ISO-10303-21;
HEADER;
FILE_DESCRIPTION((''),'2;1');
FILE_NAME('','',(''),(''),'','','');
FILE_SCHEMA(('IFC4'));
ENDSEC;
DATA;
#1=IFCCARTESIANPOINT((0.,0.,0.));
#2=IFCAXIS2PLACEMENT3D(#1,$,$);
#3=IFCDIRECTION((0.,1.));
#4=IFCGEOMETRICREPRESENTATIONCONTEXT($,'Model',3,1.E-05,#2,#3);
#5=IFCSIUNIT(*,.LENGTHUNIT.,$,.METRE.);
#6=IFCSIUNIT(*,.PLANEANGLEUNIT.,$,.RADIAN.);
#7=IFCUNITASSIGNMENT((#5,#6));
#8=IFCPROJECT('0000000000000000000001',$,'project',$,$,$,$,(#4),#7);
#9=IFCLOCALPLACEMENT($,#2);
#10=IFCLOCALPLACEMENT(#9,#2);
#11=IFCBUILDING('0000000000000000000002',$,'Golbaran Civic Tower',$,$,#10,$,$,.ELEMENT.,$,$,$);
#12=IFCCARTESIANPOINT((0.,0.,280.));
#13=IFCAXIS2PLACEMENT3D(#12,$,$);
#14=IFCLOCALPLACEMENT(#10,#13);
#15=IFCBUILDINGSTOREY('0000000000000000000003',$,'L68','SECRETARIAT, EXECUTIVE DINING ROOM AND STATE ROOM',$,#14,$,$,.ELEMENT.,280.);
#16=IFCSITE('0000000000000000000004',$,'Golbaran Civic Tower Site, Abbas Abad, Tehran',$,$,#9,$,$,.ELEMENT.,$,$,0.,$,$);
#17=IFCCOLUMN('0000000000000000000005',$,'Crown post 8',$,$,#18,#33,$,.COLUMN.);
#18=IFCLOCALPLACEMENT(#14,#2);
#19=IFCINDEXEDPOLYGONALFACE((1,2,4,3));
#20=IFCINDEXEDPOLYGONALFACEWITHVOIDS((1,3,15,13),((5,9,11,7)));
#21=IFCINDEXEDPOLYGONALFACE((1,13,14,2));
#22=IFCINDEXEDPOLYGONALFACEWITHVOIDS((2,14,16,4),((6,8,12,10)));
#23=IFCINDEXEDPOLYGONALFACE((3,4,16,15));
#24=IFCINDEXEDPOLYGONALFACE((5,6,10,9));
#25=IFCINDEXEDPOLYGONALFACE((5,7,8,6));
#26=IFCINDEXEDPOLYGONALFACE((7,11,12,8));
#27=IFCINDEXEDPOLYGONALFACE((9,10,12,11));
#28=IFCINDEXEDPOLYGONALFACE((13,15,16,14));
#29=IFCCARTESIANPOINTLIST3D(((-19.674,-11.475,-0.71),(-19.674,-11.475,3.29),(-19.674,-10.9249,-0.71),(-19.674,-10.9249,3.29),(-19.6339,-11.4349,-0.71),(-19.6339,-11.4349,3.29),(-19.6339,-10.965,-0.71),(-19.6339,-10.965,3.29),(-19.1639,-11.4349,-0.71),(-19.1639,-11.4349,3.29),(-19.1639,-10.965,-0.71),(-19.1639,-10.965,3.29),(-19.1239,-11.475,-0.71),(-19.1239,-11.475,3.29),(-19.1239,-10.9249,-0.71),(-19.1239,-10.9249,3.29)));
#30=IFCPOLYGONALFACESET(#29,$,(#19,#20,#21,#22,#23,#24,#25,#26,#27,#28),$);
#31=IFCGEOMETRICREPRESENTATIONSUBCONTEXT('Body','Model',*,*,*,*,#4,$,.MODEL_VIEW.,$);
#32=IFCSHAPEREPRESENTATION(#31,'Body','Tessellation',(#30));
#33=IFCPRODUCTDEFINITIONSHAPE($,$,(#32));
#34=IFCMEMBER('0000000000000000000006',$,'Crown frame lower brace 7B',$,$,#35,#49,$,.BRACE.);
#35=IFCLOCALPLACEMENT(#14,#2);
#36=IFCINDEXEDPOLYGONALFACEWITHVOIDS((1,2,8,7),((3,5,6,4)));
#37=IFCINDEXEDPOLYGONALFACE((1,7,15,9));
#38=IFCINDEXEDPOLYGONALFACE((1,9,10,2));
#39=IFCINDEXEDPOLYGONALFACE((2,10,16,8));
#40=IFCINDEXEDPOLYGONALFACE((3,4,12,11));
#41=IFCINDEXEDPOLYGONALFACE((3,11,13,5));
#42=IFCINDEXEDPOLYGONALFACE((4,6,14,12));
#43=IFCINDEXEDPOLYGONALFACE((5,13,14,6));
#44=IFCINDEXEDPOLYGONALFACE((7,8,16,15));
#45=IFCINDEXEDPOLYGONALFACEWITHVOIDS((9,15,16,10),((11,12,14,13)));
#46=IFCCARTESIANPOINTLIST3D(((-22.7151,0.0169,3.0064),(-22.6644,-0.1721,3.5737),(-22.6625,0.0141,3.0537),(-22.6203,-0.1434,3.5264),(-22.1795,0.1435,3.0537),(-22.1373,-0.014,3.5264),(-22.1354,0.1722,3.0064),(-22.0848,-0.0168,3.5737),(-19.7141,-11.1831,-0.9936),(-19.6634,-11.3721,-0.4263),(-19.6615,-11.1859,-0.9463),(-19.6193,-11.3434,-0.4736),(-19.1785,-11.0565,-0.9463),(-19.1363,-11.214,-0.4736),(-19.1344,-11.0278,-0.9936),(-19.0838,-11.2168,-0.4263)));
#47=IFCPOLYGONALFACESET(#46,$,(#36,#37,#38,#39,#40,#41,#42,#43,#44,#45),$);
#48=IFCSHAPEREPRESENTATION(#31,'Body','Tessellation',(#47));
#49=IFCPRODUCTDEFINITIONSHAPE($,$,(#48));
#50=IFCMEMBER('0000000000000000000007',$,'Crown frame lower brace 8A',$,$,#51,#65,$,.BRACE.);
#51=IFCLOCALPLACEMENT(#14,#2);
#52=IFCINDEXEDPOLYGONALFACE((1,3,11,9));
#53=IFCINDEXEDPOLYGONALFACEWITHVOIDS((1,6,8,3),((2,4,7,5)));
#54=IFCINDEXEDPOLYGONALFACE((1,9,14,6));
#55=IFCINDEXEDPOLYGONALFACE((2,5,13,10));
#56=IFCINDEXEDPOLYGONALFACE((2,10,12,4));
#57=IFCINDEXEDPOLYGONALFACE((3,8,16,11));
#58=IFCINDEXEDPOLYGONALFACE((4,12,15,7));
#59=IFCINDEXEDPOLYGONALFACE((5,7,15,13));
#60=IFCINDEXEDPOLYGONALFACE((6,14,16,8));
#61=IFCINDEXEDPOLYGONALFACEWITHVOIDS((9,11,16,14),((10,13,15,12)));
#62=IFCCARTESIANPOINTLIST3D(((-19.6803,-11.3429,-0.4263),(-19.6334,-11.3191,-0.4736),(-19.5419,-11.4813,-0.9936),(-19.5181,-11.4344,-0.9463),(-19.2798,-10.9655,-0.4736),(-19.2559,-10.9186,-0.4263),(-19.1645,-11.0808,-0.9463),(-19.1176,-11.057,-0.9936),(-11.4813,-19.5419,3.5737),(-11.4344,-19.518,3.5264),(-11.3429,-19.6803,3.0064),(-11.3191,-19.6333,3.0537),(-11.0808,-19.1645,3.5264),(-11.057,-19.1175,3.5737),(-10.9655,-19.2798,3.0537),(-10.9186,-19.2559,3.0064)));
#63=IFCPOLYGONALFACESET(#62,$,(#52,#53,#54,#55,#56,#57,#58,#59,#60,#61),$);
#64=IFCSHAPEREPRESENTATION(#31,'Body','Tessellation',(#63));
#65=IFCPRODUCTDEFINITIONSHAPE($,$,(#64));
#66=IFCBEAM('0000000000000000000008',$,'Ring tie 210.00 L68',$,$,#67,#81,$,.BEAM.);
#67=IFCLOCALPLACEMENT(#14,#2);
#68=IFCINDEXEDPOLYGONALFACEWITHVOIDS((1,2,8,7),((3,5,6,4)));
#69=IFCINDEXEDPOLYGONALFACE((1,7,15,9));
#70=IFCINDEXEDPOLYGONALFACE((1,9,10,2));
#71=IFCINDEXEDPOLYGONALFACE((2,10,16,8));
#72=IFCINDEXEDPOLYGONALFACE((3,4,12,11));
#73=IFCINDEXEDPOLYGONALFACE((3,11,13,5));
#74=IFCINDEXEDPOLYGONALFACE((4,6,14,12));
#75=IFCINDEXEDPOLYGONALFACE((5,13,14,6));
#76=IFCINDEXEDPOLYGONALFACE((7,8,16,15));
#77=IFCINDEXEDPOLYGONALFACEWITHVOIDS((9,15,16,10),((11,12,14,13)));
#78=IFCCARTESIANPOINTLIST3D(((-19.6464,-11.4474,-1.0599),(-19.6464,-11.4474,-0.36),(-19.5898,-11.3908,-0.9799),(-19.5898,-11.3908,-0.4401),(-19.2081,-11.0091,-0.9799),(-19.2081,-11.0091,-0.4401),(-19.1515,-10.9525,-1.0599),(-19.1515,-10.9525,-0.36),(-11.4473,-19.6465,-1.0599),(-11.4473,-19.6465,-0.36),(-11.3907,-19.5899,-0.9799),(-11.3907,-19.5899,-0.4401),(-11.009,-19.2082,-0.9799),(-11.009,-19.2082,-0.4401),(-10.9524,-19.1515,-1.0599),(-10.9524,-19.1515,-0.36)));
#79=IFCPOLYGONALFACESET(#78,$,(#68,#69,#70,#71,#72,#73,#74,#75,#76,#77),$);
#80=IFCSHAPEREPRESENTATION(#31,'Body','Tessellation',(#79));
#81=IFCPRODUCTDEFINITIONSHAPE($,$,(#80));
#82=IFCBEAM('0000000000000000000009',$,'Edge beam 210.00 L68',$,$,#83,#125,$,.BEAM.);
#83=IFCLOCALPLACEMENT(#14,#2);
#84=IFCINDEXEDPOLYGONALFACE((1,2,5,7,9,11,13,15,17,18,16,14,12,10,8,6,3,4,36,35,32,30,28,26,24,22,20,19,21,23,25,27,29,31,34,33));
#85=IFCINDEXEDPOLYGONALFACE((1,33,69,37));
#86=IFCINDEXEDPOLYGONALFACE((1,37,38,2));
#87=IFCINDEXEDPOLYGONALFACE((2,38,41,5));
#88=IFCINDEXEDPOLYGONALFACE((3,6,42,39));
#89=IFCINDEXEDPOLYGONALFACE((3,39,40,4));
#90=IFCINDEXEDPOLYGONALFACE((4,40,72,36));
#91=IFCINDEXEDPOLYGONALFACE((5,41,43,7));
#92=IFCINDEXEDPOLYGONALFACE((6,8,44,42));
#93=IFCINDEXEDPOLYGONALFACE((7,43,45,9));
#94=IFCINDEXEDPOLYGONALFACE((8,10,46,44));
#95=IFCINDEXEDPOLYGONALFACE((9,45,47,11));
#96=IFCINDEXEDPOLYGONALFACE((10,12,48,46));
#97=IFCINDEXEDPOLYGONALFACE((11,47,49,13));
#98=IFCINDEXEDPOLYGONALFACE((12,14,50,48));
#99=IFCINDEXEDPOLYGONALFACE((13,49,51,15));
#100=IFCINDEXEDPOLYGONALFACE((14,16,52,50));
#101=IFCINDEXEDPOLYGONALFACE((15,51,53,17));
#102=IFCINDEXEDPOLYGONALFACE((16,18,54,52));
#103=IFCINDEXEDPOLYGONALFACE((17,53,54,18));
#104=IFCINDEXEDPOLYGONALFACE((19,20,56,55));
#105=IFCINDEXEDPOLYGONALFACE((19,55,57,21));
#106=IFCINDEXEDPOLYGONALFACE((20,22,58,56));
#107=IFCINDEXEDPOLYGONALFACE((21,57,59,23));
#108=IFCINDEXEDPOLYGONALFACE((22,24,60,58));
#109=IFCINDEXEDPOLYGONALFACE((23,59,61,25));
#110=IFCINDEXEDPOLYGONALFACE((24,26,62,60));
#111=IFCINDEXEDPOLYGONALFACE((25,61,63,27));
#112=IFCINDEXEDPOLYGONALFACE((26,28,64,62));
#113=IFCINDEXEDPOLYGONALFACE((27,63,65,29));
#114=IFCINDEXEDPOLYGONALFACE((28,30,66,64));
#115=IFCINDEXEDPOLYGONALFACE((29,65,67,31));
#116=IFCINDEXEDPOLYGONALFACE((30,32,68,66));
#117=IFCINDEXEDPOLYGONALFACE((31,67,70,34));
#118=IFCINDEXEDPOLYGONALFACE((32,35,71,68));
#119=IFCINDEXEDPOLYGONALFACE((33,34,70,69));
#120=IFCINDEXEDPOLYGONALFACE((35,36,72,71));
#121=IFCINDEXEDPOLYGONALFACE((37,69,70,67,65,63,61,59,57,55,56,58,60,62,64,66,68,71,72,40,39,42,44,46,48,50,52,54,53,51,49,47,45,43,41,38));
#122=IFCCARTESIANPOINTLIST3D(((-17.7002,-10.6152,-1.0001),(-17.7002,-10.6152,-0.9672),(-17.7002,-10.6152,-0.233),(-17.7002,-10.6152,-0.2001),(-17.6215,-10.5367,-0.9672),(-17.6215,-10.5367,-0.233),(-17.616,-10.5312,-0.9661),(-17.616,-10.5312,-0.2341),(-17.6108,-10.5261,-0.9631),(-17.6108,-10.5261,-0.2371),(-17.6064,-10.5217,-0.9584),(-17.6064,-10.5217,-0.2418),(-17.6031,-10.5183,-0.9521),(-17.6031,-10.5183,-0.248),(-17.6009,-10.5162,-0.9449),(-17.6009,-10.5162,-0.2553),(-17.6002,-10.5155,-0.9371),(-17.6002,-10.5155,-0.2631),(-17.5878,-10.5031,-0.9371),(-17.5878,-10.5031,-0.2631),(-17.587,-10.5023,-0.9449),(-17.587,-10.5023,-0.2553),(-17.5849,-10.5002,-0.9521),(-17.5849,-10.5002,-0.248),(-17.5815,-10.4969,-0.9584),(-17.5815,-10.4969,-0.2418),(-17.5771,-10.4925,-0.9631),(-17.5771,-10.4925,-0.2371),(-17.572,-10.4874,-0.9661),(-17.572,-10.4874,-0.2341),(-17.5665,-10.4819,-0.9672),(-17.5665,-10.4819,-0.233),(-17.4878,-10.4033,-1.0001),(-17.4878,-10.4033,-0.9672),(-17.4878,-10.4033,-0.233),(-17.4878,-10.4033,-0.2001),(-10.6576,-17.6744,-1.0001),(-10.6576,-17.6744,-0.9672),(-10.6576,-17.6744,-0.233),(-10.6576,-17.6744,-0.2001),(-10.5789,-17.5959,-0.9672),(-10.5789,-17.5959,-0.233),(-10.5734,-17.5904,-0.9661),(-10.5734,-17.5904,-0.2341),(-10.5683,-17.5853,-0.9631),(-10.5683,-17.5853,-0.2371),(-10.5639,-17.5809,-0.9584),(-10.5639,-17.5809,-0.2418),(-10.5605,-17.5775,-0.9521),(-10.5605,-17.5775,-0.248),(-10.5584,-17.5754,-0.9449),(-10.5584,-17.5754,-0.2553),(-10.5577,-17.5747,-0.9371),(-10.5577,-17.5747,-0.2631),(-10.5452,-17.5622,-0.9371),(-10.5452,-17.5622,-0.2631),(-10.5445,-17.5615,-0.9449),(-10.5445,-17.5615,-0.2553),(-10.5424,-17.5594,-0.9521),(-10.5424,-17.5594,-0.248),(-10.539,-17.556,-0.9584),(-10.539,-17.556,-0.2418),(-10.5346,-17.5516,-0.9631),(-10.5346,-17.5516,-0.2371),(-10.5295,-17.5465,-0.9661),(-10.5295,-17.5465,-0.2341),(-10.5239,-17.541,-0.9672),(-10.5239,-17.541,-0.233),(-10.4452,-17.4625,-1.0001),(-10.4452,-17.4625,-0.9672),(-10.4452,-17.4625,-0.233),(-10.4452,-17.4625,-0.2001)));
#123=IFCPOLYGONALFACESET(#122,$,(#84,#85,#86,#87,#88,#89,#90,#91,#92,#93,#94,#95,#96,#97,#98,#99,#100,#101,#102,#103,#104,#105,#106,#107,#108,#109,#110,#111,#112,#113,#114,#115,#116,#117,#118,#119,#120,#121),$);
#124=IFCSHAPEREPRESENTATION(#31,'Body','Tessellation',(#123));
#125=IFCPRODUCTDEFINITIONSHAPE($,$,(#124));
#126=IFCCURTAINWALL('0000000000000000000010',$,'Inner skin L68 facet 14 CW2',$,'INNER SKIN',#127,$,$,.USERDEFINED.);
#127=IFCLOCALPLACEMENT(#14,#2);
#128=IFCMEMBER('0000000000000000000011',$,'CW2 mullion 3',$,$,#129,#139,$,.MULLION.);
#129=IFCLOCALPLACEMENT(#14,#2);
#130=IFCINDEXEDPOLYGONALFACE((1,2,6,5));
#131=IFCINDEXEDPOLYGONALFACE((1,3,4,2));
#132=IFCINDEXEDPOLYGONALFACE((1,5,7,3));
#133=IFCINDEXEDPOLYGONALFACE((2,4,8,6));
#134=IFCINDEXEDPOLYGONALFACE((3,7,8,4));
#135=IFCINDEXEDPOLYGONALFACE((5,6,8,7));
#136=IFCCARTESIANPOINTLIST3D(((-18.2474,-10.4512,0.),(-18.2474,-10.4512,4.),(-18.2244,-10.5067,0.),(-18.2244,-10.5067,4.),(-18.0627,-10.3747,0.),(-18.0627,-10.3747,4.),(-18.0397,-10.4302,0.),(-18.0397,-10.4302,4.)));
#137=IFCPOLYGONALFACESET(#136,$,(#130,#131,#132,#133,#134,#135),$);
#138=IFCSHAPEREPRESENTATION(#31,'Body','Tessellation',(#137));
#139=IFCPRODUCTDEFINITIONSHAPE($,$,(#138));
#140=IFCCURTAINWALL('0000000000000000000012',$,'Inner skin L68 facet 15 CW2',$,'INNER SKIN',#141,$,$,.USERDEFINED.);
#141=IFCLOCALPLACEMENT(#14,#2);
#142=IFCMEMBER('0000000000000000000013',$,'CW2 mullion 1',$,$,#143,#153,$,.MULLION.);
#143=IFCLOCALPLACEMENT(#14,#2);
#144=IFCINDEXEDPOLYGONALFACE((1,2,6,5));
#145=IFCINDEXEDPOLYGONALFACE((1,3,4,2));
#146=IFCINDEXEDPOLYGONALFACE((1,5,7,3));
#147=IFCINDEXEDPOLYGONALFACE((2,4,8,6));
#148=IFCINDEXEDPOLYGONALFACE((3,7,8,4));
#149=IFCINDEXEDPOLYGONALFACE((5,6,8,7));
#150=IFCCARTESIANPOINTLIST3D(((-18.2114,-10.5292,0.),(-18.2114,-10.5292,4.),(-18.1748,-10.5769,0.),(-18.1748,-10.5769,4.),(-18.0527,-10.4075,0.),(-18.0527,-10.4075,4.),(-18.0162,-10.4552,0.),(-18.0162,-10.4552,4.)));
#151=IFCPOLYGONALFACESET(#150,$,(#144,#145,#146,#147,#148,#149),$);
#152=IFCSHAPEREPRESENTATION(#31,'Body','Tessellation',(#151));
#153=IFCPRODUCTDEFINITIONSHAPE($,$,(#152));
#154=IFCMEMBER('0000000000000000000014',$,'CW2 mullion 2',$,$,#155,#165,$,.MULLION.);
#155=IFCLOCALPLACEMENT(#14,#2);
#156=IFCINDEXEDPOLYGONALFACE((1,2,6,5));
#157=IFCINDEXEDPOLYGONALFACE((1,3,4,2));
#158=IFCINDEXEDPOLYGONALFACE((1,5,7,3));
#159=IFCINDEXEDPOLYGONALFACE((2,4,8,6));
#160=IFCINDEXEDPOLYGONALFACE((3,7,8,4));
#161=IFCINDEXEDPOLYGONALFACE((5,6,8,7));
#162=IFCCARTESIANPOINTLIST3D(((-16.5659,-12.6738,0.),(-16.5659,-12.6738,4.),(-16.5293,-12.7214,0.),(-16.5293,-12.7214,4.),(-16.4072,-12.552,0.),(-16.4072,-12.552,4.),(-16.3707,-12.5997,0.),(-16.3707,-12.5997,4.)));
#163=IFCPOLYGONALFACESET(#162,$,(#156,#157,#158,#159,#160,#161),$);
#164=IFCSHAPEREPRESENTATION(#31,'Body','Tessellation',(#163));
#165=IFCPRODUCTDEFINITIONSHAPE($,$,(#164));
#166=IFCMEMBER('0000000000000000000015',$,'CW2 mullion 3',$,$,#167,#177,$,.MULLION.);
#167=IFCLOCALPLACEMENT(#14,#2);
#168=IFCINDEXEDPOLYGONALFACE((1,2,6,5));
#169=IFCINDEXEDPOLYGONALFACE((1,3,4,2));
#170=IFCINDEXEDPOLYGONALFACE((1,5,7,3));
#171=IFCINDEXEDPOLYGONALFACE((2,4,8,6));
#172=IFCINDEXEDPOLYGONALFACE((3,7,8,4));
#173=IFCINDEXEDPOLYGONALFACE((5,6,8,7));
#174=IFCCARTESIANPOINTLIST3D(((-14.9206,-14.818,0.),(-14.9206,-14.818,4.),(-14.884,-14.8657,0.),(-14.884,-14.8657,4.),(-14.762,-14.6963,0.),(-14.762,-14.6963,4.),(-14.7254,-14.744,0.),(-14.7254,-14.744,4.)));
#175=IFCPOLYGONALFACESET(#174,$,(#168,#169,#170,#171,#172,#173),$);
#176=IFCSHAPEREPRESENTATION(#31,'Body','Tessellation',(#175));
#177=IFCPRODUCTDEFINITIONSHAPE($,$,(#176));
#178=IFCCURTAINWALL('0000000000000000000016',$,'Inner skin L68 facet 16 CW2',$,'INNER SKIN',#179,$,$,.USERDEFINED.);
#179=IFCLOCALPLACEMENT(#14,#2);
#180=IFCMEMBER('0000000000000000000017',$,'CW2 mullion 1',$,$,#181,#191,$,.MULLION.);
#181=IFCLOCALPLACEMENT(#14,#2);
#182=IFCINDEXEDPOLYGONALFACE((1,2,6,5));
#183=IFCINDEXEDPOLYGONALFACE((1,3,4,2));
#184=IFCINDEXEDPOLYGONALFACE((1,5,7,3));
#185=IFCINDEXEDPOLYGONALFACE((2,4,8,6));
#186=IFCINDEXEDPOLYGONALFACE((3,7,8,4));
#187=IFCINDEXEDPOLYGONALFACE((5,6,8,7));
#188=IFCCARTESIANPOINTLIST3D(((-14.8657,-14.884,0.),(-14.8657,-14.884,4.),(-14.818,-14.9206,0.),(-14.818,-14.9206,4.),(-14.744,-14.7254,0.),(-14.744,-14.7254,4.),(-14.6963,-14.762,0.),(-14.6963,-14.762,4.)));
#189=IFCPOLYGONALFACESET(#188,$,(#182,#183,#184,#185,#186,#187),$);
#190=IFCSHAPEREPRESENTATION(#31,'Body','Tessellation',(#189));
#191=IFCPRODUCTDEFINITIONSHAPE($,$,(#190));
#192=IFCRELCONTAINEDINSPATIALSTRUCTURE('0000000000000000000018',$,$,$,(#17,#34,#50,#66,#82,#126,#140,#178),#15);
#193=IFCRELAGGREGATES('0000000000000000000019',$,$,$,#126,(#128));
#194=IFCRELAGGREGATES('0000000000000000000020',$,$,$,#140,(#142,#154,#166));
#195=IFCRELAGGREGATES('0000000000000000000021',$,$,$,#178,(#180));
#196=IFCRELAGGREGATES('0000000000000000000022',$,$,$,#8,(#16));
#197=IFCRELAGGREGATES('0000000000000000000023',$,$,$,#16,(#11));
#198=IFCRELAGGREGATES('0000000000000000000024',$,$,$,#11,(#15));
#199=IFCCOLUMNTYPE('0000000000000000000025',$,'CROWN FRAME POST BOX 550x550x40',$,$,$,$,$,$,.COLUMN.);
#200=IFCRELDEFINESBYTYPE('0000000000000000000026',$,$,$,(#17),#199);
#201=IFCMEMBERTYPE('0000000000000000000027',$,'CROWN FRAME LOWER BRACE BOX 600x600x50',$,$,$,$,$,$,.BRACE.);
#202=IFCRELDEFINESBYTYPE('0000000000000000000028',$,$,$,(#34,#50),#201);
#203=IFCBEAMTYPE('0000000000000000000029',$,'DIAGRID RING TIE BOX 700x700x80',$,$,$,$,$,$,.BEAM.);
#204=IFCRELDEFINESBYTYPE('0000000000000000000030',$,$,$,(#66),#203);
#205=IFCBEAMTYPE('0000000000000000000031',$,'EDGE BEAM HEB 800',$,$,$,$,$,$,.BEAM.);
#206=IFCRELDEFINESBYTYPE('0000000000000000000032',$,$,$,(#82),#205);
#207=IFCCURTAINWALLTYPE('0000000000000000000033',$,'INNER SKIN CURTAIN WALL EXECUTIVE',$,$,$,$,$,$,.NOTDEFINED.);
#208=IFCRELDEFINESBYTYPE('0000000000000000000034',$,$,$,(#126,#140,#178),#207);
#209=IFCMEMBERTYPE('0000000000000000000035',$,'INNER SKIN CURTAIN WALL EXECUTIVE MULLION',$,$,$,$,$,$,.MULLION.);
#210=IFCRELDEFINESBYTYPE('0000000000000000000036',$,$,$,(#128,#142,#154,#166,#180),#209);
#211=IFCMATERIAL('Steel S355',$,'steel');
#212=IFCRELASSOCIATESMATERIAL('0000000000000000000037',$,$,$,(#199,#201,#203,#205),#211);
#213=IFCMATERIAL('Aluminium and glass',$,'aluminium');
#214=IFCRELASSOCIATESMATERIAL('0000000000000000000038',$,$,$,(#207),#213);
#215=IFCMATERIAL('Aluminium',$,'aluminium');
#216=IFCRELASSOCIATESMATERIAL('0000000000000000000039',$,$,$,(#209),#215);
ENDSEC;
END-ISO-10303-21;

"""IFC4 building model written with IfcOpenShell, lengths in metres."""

from ifc_helpers import new_model, si_unit, direction, frame, origin, origin_2d, place, context, subcontext, project, spatial, rectangle, hollow_rectangle, i_section, extrude, material, material_profile, profile_set, type_object, element, aggregate, save


model = new_model("IFC4")

# Units and contexts
model_context = context("Model", 3, precision=1e-05, world=origin(), true_north=direction((0.0, 1.0)))
body_context = subcontext(model_context, "Body", "Model", "MODEL_VIEW")
ifc_project = project(units=[si_unit("LENGTHUNIT", "METRE"), si_unit("PLANEANGLEUNIT", "RADIAN")], contexts=[model_context])

# Site, building, storey
site_placement = place(None, origin())
site = spatial("IfcSite", under=ifc_project, at=site_placement, Name="Golbaran Civic Tower Site, Abbas Abad, Tehran", CompositionType="ELEMENT", RefElevation=0.0)
building_placement = place(site_placement, origin())
building = spatial("IfcBuilding", under=site, at=building_placement, Name="Golbaran Civic Tower", CompositionType="ELEMENT")
storey_placement = place(building_placement, frame((0.0, 0.0, 280.0)))
storey = spatial("IfcBuildingStorey", under=building, at=storey_placement, Name="L68", Description="SECRETARIAT, EXECUTIVE DINING ROOM AND STATE ROOM", CompositionType="ELEMENT", Elevation=280.0)

# Column
ifc_material_1 = material(Name="Steel S355", Category="steel")
ifc_material_profile_1 = material_profile(ifc_material_1, hollow_rectangle(XDim=0.55, YDim=0.55, WallThickness=0.04, at=origin_2d()), Name="BOX 550x550x40")
ifc_profile_set_1 = profile_set([ifc_material_profile_1], Name="Steel S355")
column_type = type_object("IfcColumnType", Name="CROWN FRAME POST BOX 550x550x40", PredefinedType="COLUMN", material=ifc_profile_set_1)
column_placement = place(storey_placement, frame((-19.3989, -11.2, -0.71), z_axis=(0.0, 0.0, 1.0), x_axis=(1.0, 0.0, 0.0)))
element("IfcColumn", 1, at=column_placement, inside=storey, type_object=column_type, Name="Crown post 8", PredefinedType="COLUMN", context=body_context, shape_type="SweptSolid", body=[
    extrude(hollow_rectangle(XDim=0.55, YDim=0.55, WallThickness=0.04, at=origin_2d()), origin(), (0.0, 0.0, 1.0), 4.0),
])

# Members
ifc_material_profile_2 = material_profile(ifc_material_1, hollow_rectangle(XDim=0.6001, YDim=0.6001, WallThickness=0.05, at=origin_2d()), Name="BOX 600x600x50")
ifc_profile_set_2 = profile_set([ifc_material_profile_2], Name="Steel S355")
member_type_1 = type_object("IfcMemberType", Name="CROWN FRAME LOWER BRACE BOX 600x600x50", PredefinedType="BRACE", material=ifc_profile_set_2)
for number, where, z_axis, x_axis, name in (
    (2, (-19.3989, -11.2, -0.71), (-0.244666, 0.913119, 0.326116), (-0.965927, -0.258816, 0.0), "Crown frame lower brace 7B"),
    (3, (-19.3989, -11.2, -0.71), (0.66845, -0.66845, 0.326114), (0.707107, 0.707107, 0.0), "Crown frame lower brace 8A"),
):
    element("IfcMember", number, at=place(storey_placement, frame(where, z_axis=z_axis, x_axis=x_axis)), inside=storey, type_object=member_type_1, Name=name, PredefinedType="BRACE", context=body_context, shape_type="SweptSolid", body=[
        extrude(hollow_rectangle(XDim=0.6001, YDim=0.6001, WallThickness=0.05, at=origin_2d()), origin(), (0.0, 0.0, 1.0), 12.2656),
    ])

# Beams
ifc_material_profile_3 = material_profile(ifc_material_1, hollow_rectangle(XDim=0.7, YDim=0.7, WallThickness=0.0801, at=origin_2d()), Name="BOX 700x700x80")
ifc_profile_set_3 = profile_set([ifc_material_profile_3], Name="Steel S355")
beam_type_1 = type_object("IfcBeamType", Name="DIAGRID RING TIE BOX 700x700x80", PredefinedType="BEAM", material=ifc_profile_set_3)
beam_1_placement = place(storey_placement, frame((-19.3989, -11.2, -0.71), z_axis=(0.707107, -0.707107, 0.0), x_axis=(0.707107, 0.707107, 0.0)))
element("IfcBeam", 4, at=beam_1_placement, inside=storey, type_object=beam_type_1, Name="Ring tie 210.00 L68", PredefinedType="BEAM", context=body_context, shape_type="SweptSolid", body=[
    extrude(hollow_rectangle(XDim=0.7, YDim=0.7, WallThickness=0.0801, at=origin_2d()), origin(), (0.0, 0.0, 1.0), 11.5952),
])
ifc_material_profile_4 = material_profile(ifc_material_1, i_section(OverallWidth=0.3, OverallDepth=0.8, WebThickness=0.0176, FlangeThickness=0.033, FilletRadius=0.03, at=origin_2d()), Name="HEB 800")
ifc_profile_set_4 = profile_set([ifc_material_profile_4], Name="Steel S355")
beam_type_2 = type_object("IfcBeamType", Name="EDGE BEAM HEB 800", PredefinedType="BEAM", material=ifc_profile_set_4)
beam_2_placement = place(storey_placement, frame((-17.594, -10.5093, -0.6001), z_axis=(0.706274, -0.707939, 0.0), x_axis=(0.707939, 0.706274, 0.0)))
element("IfcBeam", 5, at=beam_2_placement, inside=storey, type_object=beam_type_2, Name="Edge beam 210.00 L68", PredefinedType="BEAM", context=body_context, shape_type="SweptSolid", body=[
    extrude(i_section(OverallWidth=0.3, OverallDepth=0.8, WebThickness=0.0176, FlangeThickness=0.033, FilletRadius=0.03, at=origin_2d()), origin(), (0.0, 0.0, 1.0), 9.9714),
])

# Curtain wall, member
ifc_material_2 = material(Name="Aluminium and glass", Category="aluminium")
curtain_wall_type_1 = type_object("IfcCurtainWallType", Name="INNER SKIN CURTAIN WALL EXECUTIVE", PredefinedType="NOTDEFINED", material=ifc_material_2)
curtain_wall_1_placement = place(storey_placement, origin())
curtain_wall_1 = element("IfcCurtainWall", 6, at=curtain_wall_1_placement, inside=storey, type_object=curtain_wall_type_1, Name="Inner skin L68 facet 14 CW2", ObjectType="INNER SKIN", PredefinedType="USERDEFINED")
ifc_material_3 = material(Name="Aluminium", Category="aluminium")
ifc_material_profile_5 = material_profile(ifc_material_3, rectangle(XDim=0.2, YDim=0.0601, at=origin_2d()), Name="INNER SKIN CURTAIN WALL EXECUTIVE MULLION")
ifc_profile_set_5 = profile_set([ifc_material_profile_5], Name="Aluminium")
member_type_2 = type_object("IfcMemberType", Name="INNER SKIN CURTAIN WALL EXECUTIVE MULLION", PredefinedType="MULLION", material=ifc_profile_set_5)
member_1_placement = place(storey_placement, frame((-18.1436, -10.4407, 0.0), z_axis=(0.0, 0.0, 1.0), x_axis=(0.92388, 0.382683, 0.0)))
member_1 = element("IfcMember", 7, at=member_1_placement, type_object=member_type_2, Name="CW2 mullion 3", PredefinedType="MULLION", context=body_context, shape_type="SweptSolid", body=[
    extrude(rectangle(XDim=0.2, YDim=0.0601, at=origin_2d()), origin(), (0.0, 0.0, 1.0), 4.0),
])

# Curtain walls, members
curtain_wall_2_placement = place(storey_placement, origin())
curtain_wall_2 = element("IfcCurtainWall", 8, at=curtain_wall_2_placement, inside=storey, type_object=curtain_wall_type_1, Name="Inner skin L68 facet 15 CW2", ObjectType="INNER SKIN", PredefinedType="USERDEFINED")
member_2_placement = place(storey_placement, frame((-18.1138, -10.4922, 0.0), z_axis=(0.0, 0.0, 1.0), x_axis=(0.793353, 0.608761, 0.0)))
member_2 = element("IfcMember", 9, at=member_2_placement, type_object=member_type_2, Name="CW2 mullion 1", PredefinedType="MULLION", context=body_context, shape_type="SweptSolid", body=[
    extrude(rectangle(XDim=0.2, YDim=0.0601, at=origin_2d()), origin(), (0.0, 0.0, 1.0), 4.0),
])
member_3_placement = place(storey_placement, frame((-16.4683, -12.6367, 0.0), z_axis=(0.0, 0.0, 1.0), x_axis=(0.793353, 0.608761, 0.0)))
member_3 = element("IfcMember", 10, at=member_3_placement, type_object=member_type_2, Name="CW2 mullion 2", PredefinedType="MULLION", context=body_context, shape_type="SweptSolid", body=[
    extrude(rectangle(XDim=0.2, YDim=0.0601, at=origin_2d()), origin(), (0.0, 0.0, 1.0), 4.0),
])
member_4_placement = place(storey_placement, frame((-14.823, -14.781, 0.0), z_axis=(0.0, 0.0, 1.0), x_axis=(0.793353, 0.608761, 0.0)))
member_4 = element("IfcMember", 11, at=member_4_placement, type_object=member_type_2, Name="CW2 mullion 3", PredefinedType="MULLION", context=body_context, shape_type="SweptSolid", body=[
    extrude(rectangle(XDim=0.2, YDim=0.0601, at=origin_2d()), origin(), (0.0, 0.0, 1.0), 4.0),
])
curtain_wall_3_placement = place(storey_placement, origin())
curtain_wall_3 = element("IfcCurtainWall", 12, at=curtain_wall_3_placement, inside=storey, type_object=curtain_wall_type_1, Name="Inner skin L68 facet 16 CW2", ObjectType="INNER SKIN", PredefinedType="USERDEFINED")
member_5_placement = place(storey_placement, frame((-14.781, -14.823, 0.0), z_axis=(0.0, 0.0, 1.0), x_axis=(0.608761, 0.793353, 0.0)))
member_5 = element("IfcMember", 13, at=member_5_placement, type_object=member_type_2, Name="CW2 mullion 1", PredefinedType="MULLION", context=body_context, shape_type="SweptSolid", body=[
    extrude(rectangle(XDim=0.2, YDim=0.0601, at=origin_2d()), origin(), (0.0, 0.0, 1.0), 4.0),
])

aggregate(curtain_wall_1, [member_1])
aggregate(curtain_wall_2, [member_2, member_3, member_4])
aggregate(curtain_wall_3, [member_5])

save(model, "model.ifc")
